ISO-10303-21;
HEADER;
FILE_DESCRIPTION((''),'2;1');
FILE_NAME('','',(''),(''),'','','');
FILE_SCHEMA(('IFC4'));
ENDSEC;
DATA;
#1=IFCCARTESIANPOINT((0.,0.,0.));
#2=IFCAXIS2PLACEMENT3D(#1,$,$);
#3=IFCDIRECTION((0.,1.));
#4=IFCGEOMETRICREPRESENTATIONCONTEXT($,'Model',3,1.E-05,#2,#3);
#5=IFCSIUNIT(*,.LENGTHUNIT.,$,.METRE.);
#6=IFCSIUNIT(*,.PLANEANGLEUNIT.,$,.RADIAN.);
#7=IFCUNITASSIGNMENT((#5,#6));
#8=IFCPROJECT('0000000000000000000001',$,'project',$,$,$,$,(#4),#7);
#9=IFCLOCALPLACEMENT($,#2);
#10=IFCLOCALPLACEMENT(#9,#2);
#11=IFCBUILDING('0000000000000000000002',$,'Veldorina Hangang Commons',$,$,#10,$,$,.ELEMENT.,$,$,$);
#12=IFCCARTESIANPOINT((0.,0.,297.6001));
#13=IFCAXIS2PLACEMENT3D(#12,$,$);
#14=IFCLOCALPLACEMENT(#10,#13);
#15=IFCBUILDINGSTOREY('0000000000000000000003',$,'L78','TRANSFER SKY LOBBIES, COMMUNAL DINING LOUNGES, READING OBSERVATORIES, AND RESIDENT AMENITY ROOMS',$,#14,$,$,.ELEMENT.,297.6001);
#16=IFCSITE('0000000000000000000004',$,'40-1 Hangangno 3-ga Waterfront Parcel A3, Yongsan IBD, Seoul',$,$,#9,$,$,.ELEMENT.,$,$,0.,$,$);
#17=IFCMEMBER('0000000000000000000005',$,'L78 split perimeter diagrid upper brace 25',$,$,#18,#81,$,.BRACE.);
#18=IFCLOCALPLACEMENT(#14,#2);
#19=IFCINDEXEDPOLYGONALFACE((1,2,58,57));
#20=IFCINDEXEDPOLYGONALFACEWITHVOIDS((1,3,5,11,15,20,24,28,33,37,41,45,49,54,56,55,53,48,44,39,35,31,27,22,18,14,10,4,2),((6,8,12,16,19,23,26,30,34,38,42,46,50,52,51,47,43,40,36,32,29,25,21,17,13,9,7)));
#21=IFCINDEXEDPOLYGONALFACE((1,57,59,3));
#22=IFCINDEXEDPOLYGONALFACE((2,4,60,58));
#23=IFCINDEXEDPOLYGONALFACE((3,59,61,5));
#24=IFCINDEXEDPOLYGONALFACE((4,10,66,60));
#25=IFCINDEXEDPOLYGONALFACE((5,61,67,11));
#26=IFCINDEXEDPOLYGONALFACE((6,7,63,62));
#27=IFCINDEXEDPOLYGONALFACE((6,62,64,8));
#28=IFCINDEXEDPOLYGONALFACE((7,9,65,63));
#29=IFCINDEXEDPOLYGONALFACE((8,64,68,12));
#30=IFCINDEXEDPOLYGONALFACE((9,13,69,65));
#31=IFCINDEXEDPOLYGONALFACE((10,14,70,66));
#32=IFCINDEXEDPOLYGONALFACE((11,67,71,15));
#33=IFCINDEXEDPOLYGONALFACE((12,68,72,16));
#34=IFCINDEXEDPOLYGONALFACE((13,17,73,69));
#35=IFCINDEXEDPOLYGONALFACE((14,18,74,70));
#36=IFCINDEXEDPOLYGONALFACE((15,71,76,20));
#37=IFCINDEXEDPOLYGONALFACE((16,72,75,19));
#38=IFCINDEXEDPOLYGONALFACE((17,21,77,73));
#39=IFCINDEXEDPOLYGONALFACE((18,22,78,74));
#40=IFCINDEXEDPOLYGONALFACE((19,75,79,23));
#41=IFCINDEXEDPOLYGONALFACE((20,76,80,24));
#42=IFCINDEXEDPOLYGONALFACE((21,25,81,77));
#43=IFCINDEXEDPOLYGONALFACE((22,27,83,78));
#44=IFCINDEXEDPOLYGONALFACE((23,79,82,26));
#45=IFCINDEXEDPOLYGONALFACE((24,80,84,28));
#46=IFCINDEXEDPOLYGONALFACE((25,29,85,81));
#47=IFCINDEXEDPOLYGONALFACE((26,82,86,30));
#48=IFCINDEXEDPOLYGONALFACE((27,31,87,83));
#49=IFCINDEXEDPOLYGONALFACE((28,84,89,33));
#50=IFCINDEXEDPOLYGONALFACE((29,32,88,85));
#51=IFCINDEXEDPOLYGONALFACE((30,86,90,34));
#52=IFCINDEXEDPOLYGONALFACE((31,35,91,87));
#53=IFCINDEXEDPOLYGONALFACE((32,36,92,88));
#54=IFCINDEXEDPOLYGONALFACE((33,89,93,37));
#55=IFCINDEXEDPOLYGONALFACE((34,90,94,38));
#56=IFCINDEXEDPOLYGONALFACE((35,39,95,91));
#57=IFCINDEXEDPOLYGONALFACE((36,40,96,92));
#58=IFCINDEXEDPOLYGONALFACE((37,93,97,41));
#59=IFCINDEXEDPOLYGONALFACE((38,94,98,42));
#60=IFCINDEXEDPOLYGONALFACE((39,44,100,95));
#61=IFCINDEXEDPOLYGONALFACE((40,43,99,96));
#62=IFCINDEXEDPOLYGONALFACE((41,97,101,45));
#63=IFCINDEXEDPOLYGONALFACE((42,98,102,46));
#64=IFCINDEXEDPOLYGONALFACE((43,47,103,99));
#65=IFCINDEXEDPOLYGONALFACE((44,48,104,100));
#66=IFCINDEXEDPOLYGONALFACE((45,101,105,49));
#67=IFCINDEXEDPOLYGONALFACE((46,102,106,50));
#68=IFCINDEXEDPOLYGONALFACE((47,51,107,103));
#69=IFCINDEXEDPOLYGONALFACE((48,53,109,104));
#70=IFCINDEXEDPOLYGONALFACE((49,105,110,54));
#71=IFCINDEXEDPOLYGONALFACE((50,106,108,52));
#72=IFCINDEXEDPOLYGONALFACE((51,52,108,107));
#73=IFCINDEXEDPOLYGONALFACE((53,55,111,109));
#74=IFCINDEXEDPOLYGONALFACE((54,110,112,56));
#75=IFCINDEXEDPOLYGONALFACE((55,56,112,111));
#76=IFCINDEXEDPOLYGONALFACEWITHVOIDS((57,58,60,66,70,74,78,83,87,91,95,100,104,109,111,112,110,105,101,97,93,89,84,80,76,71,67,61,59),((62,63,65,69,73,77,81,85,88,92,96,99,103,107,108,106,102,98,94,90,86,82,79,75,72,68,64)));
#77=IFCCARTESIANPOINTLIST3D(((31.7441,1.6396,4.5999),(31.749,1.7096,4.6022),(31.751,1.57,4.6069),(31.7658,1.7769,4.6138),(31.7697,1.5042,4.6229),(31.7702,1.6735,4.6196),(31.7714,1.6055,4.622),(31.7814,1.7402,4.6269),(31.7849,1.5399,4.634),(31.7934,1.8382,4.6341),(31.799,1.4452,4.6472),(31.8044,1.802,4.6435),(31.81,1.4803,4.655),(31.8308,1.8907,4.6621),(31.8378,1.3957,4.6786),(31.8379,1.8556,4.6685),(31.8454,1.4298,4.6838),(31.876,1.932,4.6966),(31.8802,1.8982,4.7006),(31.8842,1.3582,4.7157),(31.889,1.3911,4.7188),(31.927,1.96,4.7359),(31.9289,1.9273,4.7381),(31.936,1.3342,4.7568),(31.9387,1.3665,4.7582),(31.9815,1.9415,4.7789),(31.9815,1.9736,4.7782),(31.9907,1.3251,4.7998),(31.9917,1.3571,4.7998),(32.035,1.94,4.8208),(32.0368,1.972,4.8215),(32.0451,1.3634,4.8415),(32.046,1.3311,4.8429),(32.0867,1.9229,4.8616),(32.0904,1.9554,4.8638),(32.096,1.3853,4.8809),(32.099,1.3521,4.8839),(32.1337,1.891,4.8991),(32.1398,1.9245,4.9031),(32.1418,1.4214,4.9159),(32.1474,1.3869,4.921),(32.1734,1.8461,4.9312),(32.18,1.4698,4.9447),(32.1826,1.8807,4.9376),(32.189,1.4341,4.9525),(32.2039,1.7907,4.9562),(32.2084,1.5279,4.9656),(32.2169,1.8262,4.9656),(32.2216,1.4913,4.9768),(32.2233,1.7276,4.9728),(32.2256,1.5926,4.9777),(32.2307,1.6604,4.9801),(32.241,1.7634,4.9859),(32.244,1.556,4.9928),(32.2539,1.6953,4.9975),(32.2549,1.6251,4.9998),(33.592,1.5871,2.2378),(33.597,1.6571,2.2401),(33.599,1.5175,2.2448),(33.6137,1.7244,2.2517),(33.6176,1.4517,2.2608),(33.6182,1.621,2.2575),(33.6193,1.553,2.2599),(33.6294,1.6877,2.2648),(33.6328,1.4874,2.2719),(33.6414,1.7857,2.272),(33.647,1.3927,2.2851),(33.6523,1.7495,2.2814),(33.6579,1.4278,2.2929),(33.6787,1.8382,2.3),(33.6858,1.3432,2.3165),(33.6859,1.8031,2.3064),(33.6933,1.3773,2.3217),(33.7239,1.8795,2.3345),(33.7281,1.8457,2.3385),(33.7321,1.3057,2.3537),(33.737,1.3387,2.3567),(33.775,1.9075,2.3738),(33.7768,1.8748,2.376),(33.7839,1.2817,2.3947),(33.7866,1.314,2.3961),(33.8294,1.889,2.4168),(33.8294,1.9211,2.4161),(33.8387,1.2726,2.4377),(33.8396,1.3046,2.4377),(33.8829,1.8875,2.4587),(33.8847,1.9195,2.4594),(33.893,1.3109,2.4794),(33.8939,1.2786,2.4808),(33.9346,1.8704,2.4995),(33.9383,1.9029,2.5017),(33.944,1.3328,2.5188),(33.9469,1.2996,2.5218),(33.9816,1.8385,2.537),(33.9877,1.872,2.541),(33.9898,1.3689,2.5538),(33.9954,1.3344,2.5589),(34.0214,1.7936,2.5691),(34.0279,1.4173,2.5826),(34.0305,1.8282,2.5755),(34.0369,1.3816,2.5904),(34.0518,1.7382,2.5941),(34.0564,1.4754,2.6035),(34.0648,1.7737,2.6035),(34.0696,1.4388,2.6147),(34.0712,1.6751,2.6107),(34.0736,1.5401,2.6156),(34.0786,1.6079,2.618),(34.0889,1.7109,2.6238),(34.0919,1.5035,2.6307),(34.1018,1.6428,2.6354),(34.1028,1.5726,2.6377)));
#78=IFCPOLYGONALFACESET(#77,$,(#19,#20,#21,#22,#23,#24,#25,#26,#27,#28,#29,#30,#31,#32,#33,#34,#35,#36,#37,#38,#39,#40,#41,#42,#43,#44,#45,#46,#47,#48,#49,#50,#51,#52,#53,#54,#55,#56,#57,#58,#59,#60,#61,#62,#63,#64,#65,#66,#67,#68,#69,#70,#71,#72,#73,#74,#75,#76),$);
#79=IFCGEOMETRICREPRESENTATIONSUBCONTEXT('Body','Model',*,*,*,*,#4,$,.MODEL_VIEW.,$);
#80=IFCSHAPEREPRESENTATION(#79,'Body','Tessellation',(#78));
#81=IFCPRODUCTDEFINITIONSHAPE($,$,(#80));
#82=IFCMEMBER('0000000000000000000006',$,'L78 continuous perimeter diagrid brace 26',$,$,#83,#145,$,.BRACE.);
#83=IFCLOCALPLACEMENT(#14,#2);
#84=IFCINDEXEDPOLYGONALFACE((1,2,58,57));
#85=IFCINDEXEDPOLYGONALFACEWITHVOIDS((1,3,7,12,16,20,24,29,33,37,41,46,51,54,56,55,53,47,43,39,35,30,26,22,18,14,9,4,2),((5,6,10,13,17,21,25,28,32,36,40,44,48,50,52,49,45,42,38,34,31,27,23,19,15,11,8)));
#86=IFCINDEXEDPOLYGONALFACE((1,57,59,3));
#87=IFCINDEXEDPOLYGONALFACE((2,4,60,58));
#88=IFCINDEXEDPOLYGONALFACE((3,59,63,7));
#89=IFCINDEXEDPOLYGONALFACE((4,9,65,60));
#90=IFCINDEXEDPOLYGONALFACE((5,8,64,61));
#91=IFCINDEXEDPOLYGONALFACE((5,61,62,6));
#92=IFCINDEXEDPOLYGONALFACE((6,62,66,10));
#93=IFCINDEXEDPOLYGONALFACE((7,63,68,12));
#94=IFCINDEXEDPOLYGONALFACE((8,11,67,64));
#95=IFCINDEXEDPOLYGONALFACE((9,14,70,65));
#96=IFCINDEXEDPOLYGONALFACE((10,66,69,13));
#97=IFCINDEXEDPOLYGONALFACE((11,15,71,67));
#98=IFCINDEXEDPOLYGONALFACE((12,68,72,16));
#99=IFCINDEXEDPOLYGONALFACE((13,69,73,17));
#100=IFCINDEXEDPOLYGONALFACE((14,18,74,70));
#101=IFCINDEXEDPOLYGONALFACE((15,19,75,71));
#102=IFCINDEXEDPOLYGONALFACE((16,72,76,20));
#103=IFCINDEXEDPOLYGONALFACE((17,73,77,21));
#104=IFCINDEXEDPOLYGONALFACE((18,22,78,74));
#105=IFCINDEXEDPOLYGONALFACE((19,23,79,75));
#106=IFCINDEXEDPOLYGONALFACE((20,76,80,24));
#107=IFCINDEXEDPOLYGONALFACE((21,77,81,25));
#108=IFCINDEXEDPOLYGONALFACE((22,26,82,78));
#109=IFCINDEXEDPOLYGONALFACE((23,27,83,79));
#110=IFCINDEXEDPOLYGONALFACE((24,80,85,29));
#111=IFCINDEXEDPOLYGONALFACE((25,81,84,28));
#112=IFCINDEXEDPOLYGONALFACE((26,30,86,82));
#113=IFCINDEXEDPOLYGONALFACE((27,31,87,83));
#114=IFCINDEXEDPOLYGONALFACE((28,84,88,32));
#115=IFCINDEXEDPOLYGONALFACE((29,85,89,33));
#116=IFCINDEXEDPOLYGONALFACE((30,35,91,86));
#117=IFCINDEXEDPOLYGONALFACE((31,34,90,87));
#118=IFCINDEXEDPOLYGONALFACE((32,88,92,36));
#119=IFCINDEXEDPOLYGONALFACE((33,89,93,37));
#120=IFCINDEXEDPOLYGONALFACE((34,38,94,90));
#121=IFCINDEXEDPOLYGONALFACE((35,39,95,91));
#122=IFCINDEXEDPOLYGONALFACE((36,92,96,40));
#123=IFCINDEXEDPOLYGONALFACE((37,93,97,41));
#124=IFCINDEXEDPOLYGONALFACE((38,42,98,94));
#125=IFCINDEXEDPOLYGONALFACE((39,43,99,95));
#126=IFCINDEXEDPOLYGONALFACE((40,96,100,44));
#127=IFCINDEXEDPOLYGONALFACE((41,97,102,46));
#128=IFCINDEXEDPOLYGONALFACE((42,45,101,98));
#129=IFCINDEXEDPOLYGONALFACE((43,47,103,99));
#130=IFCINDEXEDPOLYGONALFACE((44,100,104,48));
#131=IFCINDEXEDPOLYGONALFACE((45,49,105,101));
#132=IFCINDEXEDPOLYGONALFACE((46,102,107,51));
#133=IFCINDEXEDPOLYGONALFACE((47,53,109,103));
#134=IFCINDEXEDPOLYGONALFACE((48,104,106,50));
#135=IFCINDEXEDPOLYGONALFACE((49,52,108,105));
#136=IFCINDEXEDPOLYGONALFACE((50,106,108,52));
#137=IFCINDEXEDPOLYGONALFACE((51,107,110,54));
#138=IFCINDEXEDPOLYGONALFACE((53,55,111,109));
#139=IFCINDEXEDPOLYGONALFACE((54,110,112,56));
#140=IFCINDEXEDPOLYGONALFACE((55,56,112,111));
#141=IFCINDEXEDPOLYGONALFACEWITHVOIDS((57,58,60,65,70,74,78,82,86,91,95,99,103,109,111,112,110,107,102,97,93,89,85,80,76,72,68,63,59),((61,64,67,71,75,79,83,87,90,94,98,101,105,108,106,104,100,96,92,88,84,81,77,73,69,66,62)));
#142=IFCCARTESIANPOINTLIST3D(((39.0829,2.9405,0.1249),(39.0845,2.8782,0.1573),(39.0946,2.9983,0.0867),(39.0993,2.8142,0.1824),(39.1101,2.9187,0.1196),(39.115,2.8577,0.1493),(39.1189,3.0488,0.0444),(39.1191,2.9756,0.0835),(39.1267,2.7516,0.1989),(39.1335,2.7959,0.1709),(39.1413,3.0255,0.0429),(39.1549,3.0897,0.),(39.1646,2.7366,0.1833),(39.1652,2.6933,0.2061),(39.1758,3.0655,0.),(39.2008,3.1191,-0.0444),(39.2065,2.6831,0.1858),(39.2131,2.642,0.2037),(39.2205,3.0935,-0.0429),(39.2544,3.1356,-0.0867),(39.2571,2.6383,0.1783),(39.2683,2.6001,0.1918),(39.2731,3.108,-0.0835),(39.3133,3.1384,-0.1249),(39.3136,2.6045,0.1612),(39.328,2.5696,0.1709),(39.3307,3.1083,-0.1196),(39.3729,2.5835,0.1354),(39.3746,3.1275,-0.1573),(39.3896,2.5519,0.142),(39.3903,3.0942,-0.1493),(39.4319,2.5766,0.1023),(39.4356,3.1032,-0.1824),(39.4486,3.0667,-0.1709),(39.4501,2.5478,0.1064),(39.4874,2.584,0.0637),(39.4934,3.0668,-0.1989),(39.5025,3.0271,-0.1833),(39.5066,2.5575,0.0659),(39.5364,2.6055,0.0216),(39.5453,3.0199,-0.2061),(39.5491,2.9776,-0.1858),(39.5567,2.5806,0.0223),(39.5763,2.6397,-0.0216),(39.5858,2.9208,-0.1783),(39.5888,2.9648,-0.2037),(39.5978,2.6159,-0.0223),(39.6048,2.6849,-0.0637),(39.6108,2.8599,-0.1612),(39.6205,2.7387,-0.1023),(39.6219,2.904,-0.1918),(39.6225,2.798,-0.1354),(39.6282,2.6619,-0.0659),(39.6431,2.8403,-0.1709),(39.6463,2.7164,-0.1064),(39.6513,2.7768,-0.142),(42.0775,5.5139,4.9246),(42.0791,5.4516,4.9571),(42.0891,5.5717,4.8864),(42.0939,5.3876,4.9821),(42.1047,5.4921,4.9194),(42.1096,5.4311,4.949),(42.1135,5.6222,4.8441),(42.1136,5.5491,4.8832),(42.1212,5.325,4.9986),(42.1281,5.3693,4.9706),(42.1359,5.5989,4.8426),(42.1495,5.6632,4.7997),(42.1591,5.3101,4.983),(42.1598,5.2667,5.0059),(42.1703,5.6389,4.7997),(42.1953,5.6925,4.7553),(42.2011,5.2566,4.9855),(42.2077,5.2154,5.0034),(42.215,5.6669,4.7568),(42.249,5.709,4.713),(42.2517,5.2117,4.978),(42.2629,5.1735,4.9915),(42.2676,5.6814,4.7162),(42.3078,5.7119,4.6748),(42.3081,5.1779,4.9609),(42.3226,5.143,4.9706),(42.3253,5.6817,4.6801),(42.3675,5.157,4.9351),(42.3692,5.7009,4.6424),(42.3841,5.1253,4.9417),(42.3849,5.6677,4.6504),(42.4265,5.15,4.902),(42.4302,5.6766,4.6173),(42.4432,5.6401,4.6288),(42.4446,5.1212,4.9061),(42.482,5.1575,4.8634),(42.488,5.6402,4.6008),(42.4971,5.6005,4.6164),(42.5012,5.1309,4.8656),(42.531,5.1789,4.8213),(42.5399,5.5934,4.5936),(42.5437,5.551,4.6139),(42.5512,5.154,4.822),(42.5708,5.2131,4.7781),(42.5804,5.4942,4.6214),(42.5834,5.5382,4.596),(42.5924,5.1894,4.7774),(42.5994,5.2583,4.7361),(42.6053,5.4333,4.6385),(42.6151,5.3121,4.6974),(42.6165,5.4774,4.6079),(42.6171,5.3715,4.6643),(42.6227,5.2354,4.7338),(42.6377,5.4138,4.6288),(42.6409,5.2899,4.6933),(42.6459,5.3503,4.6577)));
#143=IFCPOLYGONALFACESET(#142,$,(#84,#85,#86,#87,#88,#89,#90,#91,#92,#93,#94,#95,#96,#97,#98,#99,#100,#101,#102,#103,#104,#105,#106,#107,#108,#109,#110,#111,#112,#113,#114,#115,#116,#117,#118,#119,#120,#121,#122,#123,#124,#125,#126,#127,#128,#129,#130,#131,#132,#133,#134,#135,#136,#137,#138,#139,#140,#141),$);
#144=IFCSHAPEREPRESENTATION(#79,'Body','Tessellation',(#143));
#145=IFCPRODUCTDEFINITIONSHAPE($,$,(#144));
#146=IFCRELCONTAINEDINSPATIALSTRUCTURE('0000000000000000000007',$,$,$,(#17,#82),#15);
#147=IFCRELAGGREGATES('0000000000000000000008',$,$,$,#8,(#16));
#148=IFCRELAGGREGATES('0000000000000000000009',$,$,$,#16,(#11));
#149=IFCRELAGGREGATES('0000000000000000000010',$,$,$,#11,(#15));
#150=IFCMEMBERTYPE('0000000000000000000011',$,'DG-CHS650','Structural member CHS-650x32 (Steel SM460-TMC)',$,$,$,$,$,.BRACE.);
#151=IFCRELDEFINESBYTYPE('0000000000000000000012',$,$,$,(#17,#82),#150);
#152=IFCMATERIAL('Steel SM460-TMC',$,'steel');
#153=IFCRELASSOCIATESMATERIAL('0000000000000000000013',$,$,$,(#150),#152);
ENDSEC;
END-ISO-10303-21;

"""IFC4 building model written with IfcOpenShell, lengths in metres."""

from ifc_helpers import new_model, si_unit, direction, frame, origin, origin_2d, place, context, subcontext, project, spatial, hollow_circle, extrude, material, material_profile, profile_set, type_object, element, save


model = new_model("IFC4")

# Units and contexts
model_context = context("Model", 3, precision=1e-05, world=origin(), true_north=direction((0.0, 1.0)))
body_context = subcontext(model_context, "Body", "Model", "MODEL_VIEW")
ifc_project = project(units=[si_unit("LENGTHUNIT", "METRE"), si_unit("PLANEANGLEUNIT", "RADIAN")], contexts=[model_context])

# Site, building, storey
site_placement = place(None, origin())
site = spatial("IfcSite", under=ifc_project, at=site_placement, Name="40-1 Hangangno 3-ga Waterfront Parcel A3, Yongsan IBD, Seoul", CompositionType="ELEMENT", RefElevation=0.0)
building_placement = place(site_placement, origin())
building = spatial("IfcBuilding", under=site, at=building_placement, Name="Veldorina Hangang Commons", CompositionType="ELEMENT")
storey_placement = place(building_placement, frame((0.0, 0.0, 297.6001)))
storey = spatial("IfcBuildingStorey", under=building, at=storey_placement, Name="L78", Description="TRANSFER SKY LOBBIES, COMMUNAL DINING LOUNGES, READING OBSERVATORIES, AND RESIDENT AMENITY ROOMS", CompositionType="ELEMENT", Elevation=297.6001)

# Shared definitions
ifc_material_1 = material(Name="Steel SM460-TMC", Category="steel")

# Members
ifc_material_profile_1 = material_profile(ifc_material_1, hollow_circle(Radius=0.325, WallThickness=0.032, at=origin_2d()), Name="CHS-650x32")
ifc_profile_set_1 = profile_set([ifc_material_profile_1], Name="Steel SM460-TMC")
member_type_1 = type_object("IfcMemberType", Name="DG-CHS650", Description="Structural member CHS-650x32 (Steel SM460-TMC)", PredefinedType="BRACE", material=ifc_profile_set_1)
member_1_placement = place(storey_placement, frame((33.8479, 1.5974, 2.4377), z_axis=(-0.616076, 0.0175, 0.787493), x_axis=(-0.028394, -0.999597, 0.0)))
element("IfcMember", 1, at=member_1_placement, inside=storey, type_object=member_type_1, Name="L78 split perimeter diagrid upper brace 25", PredefinedType="BRACE", context=body_context, shape_type="SweptSolid", body=[
    extrude(hollow_circle(Radius=0.325, WallThickness=0.032, at=origin_2d()), origin(), (0.0, 0.0, 1.0), 2.9995),
])
member_2_placement = place(storey_placement, frame((39.3667, 2.8433, 0.0), z_axis=(0.481823, 0.414063, 0.772268), x_axis=(-0.651763, 0.758422, 0.0)))
element("IfcMember", 2, at=member_2_placement, inside=storey, type_object=member_type_1, Name="L78 continuous perimeter diagrid brace 26", PredefinedType="BRACE", context=body_context, shape_type="SweptSolid", body=[
    extrude(hollow_circle(Radius=0.325, WallThickness=0.032, at=origin_2d()), origin(), (0.0, 0.0, 1.0), 6.2151),
])

save(model, "model.ifc")
